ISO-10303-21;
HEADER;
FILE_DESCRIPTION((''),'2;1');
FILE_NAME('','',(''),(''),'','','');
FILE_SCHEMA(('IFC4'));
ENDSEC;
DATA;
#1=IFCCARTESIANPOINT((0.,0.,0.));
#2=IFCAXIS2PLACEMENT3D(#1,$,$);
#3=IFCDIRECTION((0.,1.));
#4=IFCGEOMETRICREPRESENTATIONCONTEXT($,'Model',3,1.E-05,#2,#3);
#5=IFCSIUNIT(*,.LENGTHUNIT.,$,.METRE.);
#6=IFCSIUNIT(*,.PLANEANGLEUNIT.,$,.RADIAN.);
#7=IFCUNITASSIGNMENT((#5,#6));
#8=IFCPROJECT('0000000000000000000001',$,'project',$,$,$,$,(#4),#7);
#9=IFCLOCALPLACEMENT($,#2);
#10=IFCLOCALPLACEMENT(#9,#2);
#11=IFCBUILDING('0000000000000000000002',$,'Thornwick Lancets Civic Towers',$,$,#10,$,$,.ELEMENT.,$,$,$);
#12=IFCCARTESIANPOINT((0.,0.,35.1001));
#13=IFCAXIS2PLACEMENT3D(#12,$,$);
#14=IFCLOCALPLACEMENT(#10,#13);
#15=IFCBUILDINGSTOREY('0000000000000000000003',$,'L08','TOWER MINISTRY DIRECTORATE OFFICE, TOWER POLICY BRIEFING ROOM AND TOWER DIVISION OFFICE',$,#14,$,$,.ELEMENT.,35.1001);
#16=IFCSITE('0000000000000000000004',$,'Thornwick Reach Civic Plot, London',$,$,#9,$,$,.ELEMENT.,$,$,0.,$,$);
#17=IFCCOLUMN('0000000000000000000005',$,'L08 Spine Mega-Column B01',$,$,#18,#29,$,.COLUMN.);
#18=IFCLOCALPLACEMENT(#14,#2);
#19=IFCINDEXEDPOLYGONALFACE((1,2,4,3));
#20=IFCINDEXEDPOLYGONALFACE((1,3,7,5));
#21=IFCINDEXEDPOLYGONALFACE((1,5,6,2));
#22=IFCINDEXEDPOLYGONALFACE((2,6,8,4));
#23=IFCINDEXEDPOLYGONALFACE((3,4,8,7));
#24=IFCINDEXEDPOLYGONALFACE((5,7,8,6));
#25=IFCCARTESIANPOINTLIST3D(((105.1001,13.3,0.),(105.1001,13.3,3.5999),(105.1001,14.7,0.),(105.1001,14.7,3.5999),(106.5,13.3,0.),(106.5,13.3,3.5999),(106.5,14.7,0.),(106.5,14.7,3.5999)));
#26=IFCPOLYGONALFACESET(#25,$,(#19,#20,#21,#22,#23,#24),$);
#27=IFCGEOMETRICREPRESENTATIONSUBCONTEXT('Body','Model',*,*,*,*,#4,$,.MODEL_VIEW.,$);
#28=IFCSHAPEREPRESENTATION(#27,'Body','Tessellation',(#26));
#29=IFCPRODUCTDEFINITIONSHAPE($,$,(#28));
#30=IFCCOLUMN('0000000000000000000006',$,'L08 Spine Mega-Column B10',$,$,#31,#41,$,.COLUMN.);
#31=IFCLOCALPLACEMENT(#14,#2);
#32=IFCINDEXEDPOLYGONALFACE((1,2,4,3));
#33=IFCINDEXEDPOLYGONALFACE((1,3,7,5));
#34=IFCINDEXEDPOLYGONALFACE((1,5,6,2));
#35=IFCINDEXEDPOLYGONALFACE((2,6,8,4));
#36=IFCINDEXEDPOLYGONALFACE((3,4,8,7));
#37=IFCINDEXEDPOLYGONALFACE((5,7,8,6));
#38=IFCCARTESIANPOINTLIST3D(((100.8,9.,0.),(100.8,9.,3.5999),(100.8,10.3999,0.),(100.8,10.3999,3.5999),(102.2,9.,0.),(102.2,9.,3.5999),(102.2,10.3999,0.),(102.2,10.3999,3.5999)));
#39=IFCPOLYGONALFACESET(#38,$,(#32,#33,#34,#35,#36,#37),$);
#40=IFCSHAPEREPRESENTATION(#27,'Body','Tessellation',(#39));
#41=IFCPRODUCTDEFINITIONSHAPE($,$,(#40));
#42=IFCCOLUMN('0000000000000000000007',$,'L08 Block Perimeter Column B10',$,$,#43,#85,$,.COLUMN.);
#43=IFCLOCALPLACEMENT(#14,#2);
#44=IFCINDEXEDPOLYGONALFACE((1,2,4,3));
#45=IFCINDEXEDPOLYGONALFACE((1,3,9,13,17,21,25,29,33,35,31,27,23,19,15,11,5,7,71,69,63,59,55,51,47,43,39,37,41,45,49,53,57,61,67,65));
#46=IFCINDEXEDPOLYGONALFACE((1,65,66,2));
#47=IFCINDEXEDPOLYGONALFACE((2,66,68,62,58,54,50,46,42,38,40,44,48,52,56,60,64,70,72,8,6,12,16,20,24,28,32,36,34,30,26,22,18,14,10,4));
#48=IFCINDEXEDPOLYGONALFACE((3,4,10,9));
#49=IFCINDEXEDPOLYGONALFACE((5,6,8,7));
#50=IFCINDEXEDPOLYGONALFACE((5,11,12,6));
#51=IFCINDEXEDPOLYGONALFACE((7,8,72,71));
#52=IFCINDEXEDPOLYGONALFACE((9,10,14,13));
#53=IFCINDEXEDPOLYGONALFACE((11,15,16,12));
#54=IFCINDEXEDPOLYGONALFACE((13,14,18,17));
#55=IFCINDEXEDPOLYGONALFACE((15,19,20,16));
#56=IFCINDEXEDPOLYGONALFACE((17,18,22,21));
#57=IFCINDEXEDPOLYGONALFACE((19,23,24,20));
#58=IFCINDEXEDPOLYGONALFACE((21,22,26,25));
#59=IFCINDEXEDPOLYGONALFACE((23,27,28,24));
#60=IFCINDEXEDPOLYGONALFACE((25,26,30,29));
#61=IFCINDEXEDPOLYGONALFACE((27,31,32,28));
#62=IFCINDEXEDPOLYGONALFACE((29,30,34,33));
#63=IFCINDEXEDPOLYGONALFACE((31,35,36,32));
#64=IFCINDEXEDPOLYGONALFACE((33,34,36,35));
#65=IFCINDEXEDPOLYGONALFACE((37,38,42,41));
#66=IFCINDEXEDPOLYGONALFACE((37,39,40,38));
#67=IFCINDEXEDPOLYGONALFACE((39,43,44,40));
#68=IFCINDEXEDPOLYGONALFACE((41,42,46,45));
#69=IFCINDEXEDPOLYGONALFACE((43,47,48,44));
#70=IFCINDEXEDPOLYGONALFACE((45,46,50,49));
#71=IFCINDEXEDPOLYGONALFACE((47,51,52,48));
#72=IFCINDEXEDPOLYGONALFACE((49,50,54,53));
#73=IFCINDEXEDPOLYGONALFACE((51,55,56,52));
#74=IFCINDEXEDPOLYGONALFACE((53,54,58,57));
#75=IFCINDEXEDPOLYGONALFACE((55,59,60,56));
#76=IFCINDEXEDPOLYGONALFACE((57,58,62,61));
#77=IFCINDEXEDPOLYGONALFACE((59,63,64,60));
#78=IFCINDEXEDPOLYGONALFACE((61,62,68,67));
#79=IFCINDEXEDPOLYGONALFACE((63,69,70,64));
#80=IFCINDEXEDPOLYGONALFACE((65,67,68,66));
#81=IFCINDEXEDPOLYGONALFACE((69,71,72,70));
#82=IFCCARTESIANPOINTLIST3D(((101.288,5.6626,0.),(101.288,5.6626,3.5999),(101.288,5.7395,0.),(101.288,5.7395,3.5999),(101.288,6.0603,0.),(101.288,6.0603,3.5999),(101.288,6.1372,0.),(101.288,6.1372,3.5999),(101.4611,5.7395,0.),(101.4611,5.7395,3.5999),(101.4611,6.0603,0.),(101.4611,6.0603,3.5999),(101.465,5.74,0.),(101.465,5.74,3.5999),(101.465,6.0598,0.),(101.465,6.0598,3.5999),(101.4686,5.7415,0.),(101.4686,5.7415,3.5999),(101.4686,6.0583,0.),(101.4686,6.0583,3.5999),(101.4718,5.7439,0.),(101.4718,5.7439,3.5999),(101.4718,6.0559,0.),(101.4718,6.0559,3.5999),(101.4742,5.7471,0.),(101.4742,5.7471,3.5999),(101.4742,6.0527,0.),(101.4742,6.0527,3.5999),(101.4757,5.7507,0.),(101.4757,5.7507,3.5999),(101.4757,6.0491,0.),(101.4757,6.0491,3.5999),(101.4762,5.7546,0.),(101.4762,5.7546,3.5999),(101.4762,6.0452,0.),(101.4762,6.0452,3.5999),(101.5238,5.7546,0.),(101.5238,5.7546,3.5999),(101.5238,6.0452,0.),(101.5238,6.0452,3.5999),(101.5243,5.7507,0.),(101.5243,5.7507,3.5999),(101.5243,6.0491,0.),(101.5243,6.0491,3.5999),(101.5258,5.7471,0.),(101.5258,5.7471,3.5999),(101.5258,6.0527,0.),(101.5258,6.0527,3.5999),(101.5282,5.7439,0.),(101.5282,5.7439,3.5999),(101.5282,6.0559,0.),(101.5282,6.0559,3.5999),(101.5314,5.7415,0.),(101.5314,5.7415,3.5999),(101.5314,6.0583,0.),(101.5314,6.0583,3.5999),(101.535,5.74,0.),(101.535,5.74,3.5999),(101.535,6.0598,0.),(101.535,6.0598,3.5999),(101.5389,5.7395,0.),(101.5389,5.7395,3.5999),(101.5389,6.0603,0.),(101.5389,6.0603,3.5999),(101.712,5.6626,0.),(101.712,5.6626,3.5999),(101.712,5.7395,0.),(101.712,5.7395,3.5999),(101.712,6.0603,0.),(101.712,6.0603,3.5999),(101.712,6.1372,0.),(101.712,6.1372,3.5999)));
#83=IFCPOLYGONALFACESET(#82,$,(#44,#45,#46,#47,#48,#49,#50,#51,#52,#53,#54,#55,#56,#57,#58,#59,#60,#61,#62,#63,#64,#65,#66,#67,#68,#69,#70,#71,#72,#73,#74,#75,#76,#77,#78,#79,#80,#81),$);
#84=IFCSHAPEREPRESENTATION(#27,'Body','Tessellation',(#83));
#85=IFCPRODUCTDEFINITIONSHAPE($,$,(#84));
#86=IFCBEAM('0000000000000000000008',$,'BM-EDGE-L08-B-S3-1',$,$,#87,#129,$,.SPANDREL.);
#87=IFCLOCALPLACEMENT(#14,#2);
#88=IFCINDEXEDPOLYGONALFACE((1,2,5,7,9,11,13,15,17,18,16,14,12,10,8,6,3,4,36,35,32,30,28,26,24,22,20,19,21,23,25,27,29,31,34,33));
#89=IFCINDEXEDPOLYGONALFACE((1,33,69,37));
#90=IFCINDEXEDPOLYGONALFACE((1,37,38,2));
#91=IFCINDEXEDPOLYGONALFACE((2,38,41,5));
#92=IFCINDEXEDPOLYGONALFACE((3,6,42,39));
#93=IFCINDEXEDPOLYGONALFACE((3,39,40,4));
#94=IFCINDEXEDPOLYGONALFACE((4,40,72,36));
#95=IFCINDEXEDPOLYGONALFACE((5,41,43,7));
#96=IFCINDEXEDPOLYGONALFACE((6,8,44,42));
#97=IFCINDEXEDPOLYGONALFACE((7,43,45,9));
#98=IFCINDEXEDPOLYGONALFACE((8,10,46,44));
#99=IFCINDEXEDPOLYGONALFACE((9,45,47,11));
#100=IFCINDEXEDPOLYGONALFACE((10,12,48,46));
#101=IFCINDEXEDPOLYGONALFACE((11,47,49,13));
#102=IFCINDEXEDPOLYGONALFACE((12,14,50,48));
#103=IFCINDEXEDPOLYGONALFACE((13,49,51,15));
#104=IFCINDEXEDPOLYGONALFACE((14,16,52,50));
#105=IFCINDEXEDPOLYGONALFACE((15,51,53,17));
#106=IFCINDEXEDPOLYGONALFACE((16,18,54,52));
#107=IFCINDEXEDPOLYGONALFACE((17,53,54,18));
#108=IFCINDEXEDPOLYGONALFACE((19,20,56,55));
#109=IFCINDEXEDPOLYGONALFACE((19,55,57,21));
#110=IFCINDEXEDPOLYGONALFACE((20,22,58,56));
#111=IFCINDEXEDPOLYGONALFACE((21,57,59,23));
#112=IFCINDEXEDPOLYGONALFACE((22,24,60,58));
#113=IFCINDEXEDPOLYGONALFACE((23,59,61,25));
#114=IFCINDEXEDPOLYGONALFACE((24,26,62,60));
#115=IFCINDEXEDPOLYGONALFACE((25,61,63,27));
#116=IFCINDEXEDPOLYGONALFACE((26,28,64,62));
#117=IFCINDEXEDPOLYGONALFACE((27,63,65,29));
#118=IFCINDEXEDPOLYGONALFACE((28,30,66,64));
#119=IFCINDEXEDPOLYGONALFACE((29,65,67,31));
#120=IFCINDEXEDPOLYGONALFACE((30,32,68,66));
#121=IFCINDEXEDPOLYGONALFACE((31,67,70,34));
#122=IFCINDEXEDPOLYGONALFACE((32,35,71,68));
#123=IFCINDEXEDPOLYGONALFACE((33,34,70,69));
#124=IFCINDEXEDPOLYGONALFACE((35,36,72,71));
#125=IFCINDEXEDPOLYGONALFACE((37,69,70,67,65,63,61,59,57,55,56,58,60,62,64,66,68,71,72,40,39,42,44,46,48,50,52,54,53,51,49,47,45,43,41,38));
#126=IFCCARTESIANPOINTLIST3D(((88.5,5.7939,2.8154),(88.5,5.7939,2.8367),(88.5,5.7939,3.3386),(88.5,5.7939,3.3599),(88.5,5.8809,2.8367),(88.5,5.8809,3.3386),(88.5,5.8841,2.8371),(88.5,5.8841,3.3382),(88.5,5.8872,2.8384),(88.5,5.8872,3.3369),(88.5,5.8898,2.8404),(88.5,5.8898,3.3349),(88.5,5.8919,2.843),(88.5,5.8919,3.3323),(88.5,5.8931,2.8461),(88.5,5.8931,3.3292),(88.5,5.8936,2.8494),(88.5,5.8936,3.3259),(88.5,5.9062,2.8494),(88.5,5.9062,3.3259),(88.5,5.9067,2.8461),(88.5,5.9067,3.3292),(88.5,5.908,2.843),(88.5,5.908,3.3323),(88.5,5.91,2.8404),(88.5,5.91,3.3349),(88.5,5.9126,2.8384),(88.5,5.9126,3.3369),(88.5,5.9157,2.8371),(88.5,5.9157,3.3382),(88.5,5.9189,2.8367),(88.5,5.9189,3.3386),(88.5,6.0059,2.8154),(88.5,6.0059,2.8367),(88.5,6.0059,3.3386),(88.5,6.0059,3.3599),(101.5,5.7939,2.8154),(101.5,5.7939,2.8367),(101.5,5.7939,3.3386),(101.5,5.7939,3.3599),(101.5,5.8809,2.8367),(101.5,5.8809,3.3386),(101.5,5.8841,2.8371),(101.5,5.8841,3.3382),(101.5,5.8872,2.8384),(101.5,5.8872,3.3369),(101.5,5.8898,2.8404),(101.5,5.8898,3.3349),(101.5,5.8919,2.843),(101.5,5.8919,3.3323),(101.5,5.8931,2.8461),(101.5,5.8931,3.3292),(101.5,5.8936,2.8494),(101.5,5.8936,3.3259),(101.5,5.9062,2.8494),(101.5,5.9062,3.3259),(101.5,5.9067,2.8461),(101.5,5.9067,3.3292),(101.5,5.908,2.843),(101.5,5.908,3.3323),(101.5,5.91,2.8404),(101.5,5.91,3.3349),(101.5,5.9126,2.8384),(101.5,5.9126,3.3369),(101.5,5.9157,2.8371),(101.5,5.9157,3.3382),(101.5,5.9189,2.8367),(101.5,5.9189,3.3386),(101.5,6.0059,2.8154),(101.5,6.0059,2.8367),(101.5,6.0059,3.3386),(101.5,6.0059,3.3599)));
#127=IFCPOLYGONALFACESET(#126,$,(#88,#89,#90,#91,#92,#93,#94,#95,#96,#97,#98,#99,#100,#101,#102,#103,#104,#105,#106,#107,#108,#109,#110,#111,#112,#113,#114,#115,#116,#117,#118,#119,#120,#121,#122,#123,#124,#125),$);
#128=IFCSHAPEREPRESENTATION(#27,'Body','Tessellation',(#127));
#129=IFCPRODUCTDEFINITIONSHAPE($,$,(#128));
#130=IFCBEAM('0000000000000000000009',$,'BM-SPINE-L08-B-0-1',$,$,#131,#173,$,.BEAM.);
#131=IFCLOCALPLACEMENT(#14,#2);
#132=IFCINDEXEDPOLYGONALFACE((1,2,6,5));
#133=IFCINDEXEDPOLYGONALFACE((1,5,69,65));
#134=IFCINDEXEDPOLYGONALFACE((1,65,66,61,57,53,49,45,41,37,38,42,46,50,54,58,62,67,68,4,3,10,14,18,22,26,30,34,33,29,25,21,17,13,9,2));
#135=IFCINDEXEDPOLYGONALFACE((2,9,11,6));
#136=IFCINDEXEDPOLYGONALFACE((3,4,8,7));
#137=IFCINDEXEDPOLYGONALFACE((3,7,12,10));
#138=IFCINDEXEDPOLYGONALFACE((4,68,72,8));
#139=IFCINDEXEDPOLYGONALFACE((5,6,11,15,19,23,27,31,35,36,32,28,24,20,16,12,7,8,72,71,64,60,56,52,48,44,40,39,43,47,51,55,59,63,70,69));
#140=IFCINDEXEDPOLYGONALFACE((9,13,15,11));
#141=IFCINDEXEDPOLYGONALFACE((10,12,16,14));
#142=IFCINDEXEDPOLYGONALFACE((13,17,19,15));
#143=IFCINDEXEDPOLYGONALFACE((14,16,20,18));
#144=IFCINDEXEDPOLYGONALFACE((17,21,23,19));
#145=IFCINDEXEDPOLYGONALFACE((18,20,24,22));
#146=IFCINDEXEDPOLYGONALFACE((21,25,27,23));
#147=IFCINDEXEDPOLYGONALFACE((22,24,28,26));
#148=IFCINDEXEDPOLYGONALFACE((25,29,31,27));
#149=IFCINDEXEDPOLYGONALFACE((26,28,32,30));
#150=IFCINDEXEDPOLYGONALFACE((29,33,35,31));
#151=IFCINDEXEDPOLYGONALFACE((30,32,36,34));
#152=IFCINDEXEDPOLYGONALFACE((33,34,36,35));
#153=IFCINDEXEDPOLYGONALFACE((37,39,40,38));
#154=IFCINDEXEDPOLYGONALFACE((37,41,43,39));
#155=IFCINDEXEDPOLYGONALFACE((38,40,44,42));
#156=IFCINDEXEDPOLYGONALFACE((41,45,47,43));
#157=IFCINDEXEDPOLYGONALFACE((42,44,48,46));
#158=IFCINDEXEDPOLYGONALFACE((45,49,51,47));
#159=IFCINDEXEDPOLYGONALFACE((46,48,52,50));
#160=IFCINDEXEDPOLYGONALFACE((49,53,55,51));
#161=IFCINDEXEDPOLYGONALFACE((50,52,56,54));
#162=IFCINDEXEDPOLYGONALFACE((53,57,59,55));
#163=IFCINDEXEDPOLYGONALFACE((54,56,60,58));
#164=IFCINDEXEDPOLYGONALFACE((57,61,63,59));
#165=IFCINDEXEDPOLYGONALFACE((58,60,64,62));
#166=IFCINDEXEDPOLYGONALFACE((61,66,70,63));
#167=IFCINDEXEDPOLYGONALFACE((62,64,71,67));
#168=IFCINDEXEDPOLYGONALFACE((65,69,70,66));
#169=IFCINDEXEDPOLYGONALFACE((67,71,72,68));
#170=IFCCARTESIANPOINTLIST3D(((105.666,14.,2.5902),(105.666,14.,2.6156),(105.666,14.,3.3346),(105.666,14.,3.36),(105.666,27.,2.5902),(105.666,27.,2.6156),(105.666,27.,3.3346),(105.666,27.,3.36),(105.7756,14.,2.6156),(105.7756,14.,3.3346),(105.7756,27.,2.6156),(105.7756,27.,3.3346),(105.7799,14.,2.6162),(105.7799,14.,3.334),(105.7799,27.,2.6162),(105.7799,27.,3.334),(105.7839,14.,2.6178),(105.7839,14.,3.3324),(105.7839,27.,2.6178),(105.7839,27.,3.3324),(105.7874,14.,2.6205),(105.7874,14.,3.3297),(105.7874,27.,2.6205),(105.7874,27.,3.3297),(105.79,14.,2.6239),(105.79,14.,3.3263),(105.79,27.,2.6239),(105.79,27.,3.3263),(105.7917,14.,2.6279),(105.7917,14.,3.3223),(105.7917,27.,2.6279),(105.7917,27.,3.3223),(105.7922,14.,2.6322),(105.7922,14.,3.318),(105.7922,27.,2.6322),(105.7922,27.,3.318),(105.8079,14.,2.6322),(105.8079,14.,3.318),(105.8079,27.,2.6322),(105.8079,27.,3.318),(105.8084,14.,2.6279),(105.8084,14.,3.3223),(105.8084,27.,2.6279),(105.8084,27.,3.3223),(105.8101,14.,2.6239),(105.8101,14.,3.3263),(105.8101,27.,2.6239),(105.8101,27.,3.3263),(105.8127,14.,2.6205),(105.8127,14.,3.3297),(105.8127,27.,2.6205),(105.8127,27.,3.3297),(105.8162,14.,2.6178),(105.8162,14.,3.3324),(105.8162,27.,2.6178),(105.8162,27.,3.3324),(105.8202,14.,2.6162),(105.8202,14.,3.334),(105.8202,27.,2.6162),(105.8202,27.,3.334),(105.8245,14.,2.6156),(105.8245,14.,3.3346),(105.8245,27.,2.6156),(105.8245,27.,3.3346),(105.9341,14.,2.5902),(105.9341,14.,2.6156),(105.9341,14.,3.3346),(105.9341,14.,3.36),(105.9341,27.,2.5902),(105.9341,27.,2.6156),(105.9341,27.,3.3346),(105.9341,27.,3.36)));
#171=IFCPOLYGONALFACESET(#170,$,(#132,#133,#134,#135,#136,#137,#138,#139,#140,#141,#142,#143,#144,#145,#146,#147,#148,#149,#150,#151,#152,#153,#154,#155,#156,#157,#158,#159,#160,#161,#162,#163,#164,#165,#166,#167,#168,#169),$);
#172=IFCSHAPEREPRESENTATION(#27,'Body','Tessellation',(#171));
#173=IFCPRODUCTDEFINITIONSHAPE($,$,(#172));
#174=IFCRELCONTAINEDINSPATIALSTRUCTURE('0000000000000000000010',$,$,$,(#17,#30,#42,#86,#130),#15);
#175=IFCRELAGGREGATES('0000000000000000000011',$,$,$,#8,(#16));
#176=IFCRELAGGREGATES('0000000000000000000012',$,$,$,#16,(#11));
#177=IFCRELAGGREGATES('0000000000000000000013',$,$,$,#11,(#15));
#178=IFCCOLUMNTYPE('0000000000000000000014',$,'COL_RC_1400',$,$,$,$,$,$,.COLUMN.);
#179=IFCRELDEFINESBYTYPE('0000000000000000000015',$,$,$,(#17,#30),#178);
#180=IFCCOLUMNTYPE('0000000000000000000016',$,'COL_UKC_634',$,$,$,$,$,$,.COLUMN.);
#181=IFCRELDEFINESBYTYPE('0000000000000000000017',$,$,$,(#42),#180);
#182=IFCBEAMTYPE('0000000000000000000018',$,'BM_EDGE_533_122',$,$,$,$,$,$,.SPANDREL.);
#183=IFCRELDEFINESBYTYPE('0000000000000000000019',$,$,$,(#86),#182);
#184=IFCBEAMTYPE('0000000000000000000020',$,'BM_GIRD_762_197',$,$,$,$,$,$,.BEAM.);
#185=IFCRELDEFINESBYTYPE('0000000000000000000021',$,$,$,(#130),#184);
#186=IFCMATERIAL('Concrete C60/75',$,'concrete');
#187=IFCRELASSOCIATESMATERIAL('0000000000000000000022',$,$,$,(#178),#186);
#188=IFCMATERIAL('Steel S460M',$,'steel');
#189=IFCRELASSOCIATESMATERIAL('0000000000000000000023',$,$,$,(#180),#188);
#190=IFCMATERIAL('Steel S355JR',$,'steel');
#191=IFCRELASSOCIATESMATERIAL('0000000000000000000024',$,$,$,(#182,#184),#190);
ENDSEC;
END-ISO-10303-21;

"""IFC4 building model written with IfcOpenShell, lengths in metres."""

from ifc_helpers import new_model, si_unit, direction, frame, origin, origin_2d, place, context, subcontext, project, spatial, rectangle, i_section, extrude, material, material_profile, profile_set, type_object, element, save


model = new_model("IFC4")

# Units and contexts
model_context = context("Model", 3, precision=1e-05, world=origin(), true_north=direction((0.0, 1.0)))
body_context = subcontext(model_context, "Body", "Model", "MODEL_VIEW")
ifc_project = project(units=[si_unit("LENGTHUNIT", "METRE"), si_unit("PLANEANGLEUNIT", "RADIAN")], contexts=[model_context])

# Site, building, storey
site_placement = place(None, origin())
site = spatial("IfcSite", under=ifc_project, at=site_placement, Name="Thornwick Reach Civic Plot, London", CompositionType="ELEMENT", RefElevation=0.0)
building_placement = place(site_placement, origin())
building = spatial("IfcBuilding", under=site, at=building_placement, Name="Thornwick Lancets Civic Towers", CompositionType="ELEMENT")
storey_placement = place(building_placement, frame((0.0, 0.0, 35.1001)))
storey = spatial("IfcBuildingStorey", under=building, at=storey_placement, Name="L08", Description="TOWER MINISTRY DIRECTORATE OFFICE, TOWER POLICY BRIEFING ROOM AND TOWER DIVISION OFFICE", CompositionType="ELEMENT", Elevation=35.1001)

# Columns
ifc_material_1 = material(Name="Concrete C60/75", Category="concrete")
ifc_material_profile_1 = material_profile(ifc_material_1, rectangle(XDim=1.3999, YDim=1.3999, at=origin_2d()), Name="RC 1400x1400")
ifc_profile_set_1 = profile_set([ifc_material_profile_1], Name="Concrete C60/75")
column_type_1 = type_object("IfcColumnType", Name="COL_RC_1400", PredefinedType="COLUMN", material=ifc_profile_set_1)
for number, where, z_axis, x_axis, name in (
    (1, (105.8, 14.0, 0.0), (0.0, 0.0, 1.0), (1.0, 0.0, 0.0), "L08 Spine Mega-Column B01"),
    (2, (101.5, 9.7, 0.0), (0.0, 0.0, 1.0), (1.0, 0.0, 0.0), "L08 Spine Mega-Column B10"),
):
    element("IfcColumn", number, at=place(storey_placement, frame(where, z_axis=z_axis, x_axis=x_axis)), inside=storey, type_object=column_type_1, Name=name, PredefinedType="COLUMN", context=body_context, shape_type="SweptSolid", body=[
        extrude(rectangle(XDim=1.3999, YDim=1.3999, at=origin_2d()), origin(), (0.0, 0.0, 1.0), 3.5999),
    ])
ifc_material_2 = material(Name="Steel S460M", Category="steel")
ifc_material_profile_2 = material_profile(ifc_material_2, i_section(OverallWidth=0.4241, OverallDepth=0.4746, WebThickness=0.0476, FlangeThickness=0.0769, FilletRadius=0.0151, at=origin_2d()), Name="UKC 356x406x634")
ifc_profile_set_2 = profile_set([ifc_material_profile_2], Name="Steel S460M")
column_type_2 = type_object("IfcColumnType", Name="COL_UKC_634", PredefinedType="COLUMN", material=ifc_profile_set_2)
column_placement = place(storey_placement, frame((101.5, 5.8999, 0.0), z_axis=(0.0, 0.0, 1.0), x_axis=(1.0, 0.0, 0.0)))
element("IfcColumn", 3, at=column_placement, inside=storey, type_object=column_type_2, Name="L08 Block Perimeter Column B10", PredefinedType="COLUMN", context=body_context, shape_type="SweptSolid", body=[
    extrude(i_section(OverallWidth=0.4241, OverallDepth=0.4746, WebThickness=0.0476, FlangeThickness=0.0769, FilletRadius=0.0151, at=origin_2d()), origin(), (0.0, 0.0, 1.0), 3.5999),
])

# Beams
ifc_material_3 = material(Name="Steel S355JR", Category="steel")
ifc_material_profile_3 = material_profile(ifc_material_3, i_section(OverallWidth=0.2119, OverallDepth=0.5444, WebThickness=0.0127, FlangeThickness=0.0212, FilletRadius=0.0127, at=origin_2d()), Name="UKB 533x210x122")
ifc_profile_set_3 = profile_set([ifc_material_profile_3], Name="Steel S355JR")
beam_type_1 = type_object("IfcBeamType", Name="BM_EDGE_533_122", PredefinedType="SPANDREL", material=ifc_profile_set_3)
beam_1_placement = place(storey_placement, frame((101.5, 5.8999, 3.0876), z_axis=(-1.0, 0.0, 0.0), x_axis=(0.0, -1.0, 0.0)))
element("IfcBeam", 4, at=beam_1_placement, inside=storey, type_object=beam_type_1, Name="BM-EDGE-L08-B-S3-1", PredefinedType="SPANDREL", context=body_context, shape_type="SweptSolid", body=[
    extrude(i_section(OverallWidth=0.2119, OverallDepth=0.5444, WebThickness=0.0127, FlangeThickness=0.0212, FilletRadius=0.0127, at=origin_2d()), origin(), (0.0, 0.0, 1.0), 13.0),
])
ifc_material_profile_4 = material_profile(ifc_material_3, i_section(OverallWidth=0.2681, OverallDepth=0.7698, WebThickness=0.0156, FlangeThickness=0.0254, FilletRadius=0.0166, at=origin_2d()), Name="UKB 762x267x197")
ifc_profile_set_4 = profile_set([ifc_material_profile_4], Name="Steel S355JR")
beam_type_2 = type_object("IfcBeamType", Name="BM_GIRD_762_197", PredefinedType="BEAM", material=ifc_profile_set_4)
for number, where, z_axis, x_axis, name in (
    (5, (105.8, 14.0, 2.9751), (0.0, 1.0, 0.0), (-1.0, 0.0, 0.0), "BM-SPINE-L08-B-0-1"),
):
    element("IfcBeam", number, at=place(storey_placement, frame(where, z_axis=z_axis, x_axis=x_axis)), inside=storey, type_object=beam_type_2, Name=name, PredefinedType="BEAM", context=body_context, shape_type="SweptSolid", body=[
        extrude(i_section(OverallWidth=0.2681, OverallDepth=0.7698, WebThickness=0.0156, FlangeThickness=0.0254, FilletRadius=0.0166, at=origin_2d()), origin(), (0.0, 0.0, 1.0), 13.0),
    ])

save(model, "model.ifc")
